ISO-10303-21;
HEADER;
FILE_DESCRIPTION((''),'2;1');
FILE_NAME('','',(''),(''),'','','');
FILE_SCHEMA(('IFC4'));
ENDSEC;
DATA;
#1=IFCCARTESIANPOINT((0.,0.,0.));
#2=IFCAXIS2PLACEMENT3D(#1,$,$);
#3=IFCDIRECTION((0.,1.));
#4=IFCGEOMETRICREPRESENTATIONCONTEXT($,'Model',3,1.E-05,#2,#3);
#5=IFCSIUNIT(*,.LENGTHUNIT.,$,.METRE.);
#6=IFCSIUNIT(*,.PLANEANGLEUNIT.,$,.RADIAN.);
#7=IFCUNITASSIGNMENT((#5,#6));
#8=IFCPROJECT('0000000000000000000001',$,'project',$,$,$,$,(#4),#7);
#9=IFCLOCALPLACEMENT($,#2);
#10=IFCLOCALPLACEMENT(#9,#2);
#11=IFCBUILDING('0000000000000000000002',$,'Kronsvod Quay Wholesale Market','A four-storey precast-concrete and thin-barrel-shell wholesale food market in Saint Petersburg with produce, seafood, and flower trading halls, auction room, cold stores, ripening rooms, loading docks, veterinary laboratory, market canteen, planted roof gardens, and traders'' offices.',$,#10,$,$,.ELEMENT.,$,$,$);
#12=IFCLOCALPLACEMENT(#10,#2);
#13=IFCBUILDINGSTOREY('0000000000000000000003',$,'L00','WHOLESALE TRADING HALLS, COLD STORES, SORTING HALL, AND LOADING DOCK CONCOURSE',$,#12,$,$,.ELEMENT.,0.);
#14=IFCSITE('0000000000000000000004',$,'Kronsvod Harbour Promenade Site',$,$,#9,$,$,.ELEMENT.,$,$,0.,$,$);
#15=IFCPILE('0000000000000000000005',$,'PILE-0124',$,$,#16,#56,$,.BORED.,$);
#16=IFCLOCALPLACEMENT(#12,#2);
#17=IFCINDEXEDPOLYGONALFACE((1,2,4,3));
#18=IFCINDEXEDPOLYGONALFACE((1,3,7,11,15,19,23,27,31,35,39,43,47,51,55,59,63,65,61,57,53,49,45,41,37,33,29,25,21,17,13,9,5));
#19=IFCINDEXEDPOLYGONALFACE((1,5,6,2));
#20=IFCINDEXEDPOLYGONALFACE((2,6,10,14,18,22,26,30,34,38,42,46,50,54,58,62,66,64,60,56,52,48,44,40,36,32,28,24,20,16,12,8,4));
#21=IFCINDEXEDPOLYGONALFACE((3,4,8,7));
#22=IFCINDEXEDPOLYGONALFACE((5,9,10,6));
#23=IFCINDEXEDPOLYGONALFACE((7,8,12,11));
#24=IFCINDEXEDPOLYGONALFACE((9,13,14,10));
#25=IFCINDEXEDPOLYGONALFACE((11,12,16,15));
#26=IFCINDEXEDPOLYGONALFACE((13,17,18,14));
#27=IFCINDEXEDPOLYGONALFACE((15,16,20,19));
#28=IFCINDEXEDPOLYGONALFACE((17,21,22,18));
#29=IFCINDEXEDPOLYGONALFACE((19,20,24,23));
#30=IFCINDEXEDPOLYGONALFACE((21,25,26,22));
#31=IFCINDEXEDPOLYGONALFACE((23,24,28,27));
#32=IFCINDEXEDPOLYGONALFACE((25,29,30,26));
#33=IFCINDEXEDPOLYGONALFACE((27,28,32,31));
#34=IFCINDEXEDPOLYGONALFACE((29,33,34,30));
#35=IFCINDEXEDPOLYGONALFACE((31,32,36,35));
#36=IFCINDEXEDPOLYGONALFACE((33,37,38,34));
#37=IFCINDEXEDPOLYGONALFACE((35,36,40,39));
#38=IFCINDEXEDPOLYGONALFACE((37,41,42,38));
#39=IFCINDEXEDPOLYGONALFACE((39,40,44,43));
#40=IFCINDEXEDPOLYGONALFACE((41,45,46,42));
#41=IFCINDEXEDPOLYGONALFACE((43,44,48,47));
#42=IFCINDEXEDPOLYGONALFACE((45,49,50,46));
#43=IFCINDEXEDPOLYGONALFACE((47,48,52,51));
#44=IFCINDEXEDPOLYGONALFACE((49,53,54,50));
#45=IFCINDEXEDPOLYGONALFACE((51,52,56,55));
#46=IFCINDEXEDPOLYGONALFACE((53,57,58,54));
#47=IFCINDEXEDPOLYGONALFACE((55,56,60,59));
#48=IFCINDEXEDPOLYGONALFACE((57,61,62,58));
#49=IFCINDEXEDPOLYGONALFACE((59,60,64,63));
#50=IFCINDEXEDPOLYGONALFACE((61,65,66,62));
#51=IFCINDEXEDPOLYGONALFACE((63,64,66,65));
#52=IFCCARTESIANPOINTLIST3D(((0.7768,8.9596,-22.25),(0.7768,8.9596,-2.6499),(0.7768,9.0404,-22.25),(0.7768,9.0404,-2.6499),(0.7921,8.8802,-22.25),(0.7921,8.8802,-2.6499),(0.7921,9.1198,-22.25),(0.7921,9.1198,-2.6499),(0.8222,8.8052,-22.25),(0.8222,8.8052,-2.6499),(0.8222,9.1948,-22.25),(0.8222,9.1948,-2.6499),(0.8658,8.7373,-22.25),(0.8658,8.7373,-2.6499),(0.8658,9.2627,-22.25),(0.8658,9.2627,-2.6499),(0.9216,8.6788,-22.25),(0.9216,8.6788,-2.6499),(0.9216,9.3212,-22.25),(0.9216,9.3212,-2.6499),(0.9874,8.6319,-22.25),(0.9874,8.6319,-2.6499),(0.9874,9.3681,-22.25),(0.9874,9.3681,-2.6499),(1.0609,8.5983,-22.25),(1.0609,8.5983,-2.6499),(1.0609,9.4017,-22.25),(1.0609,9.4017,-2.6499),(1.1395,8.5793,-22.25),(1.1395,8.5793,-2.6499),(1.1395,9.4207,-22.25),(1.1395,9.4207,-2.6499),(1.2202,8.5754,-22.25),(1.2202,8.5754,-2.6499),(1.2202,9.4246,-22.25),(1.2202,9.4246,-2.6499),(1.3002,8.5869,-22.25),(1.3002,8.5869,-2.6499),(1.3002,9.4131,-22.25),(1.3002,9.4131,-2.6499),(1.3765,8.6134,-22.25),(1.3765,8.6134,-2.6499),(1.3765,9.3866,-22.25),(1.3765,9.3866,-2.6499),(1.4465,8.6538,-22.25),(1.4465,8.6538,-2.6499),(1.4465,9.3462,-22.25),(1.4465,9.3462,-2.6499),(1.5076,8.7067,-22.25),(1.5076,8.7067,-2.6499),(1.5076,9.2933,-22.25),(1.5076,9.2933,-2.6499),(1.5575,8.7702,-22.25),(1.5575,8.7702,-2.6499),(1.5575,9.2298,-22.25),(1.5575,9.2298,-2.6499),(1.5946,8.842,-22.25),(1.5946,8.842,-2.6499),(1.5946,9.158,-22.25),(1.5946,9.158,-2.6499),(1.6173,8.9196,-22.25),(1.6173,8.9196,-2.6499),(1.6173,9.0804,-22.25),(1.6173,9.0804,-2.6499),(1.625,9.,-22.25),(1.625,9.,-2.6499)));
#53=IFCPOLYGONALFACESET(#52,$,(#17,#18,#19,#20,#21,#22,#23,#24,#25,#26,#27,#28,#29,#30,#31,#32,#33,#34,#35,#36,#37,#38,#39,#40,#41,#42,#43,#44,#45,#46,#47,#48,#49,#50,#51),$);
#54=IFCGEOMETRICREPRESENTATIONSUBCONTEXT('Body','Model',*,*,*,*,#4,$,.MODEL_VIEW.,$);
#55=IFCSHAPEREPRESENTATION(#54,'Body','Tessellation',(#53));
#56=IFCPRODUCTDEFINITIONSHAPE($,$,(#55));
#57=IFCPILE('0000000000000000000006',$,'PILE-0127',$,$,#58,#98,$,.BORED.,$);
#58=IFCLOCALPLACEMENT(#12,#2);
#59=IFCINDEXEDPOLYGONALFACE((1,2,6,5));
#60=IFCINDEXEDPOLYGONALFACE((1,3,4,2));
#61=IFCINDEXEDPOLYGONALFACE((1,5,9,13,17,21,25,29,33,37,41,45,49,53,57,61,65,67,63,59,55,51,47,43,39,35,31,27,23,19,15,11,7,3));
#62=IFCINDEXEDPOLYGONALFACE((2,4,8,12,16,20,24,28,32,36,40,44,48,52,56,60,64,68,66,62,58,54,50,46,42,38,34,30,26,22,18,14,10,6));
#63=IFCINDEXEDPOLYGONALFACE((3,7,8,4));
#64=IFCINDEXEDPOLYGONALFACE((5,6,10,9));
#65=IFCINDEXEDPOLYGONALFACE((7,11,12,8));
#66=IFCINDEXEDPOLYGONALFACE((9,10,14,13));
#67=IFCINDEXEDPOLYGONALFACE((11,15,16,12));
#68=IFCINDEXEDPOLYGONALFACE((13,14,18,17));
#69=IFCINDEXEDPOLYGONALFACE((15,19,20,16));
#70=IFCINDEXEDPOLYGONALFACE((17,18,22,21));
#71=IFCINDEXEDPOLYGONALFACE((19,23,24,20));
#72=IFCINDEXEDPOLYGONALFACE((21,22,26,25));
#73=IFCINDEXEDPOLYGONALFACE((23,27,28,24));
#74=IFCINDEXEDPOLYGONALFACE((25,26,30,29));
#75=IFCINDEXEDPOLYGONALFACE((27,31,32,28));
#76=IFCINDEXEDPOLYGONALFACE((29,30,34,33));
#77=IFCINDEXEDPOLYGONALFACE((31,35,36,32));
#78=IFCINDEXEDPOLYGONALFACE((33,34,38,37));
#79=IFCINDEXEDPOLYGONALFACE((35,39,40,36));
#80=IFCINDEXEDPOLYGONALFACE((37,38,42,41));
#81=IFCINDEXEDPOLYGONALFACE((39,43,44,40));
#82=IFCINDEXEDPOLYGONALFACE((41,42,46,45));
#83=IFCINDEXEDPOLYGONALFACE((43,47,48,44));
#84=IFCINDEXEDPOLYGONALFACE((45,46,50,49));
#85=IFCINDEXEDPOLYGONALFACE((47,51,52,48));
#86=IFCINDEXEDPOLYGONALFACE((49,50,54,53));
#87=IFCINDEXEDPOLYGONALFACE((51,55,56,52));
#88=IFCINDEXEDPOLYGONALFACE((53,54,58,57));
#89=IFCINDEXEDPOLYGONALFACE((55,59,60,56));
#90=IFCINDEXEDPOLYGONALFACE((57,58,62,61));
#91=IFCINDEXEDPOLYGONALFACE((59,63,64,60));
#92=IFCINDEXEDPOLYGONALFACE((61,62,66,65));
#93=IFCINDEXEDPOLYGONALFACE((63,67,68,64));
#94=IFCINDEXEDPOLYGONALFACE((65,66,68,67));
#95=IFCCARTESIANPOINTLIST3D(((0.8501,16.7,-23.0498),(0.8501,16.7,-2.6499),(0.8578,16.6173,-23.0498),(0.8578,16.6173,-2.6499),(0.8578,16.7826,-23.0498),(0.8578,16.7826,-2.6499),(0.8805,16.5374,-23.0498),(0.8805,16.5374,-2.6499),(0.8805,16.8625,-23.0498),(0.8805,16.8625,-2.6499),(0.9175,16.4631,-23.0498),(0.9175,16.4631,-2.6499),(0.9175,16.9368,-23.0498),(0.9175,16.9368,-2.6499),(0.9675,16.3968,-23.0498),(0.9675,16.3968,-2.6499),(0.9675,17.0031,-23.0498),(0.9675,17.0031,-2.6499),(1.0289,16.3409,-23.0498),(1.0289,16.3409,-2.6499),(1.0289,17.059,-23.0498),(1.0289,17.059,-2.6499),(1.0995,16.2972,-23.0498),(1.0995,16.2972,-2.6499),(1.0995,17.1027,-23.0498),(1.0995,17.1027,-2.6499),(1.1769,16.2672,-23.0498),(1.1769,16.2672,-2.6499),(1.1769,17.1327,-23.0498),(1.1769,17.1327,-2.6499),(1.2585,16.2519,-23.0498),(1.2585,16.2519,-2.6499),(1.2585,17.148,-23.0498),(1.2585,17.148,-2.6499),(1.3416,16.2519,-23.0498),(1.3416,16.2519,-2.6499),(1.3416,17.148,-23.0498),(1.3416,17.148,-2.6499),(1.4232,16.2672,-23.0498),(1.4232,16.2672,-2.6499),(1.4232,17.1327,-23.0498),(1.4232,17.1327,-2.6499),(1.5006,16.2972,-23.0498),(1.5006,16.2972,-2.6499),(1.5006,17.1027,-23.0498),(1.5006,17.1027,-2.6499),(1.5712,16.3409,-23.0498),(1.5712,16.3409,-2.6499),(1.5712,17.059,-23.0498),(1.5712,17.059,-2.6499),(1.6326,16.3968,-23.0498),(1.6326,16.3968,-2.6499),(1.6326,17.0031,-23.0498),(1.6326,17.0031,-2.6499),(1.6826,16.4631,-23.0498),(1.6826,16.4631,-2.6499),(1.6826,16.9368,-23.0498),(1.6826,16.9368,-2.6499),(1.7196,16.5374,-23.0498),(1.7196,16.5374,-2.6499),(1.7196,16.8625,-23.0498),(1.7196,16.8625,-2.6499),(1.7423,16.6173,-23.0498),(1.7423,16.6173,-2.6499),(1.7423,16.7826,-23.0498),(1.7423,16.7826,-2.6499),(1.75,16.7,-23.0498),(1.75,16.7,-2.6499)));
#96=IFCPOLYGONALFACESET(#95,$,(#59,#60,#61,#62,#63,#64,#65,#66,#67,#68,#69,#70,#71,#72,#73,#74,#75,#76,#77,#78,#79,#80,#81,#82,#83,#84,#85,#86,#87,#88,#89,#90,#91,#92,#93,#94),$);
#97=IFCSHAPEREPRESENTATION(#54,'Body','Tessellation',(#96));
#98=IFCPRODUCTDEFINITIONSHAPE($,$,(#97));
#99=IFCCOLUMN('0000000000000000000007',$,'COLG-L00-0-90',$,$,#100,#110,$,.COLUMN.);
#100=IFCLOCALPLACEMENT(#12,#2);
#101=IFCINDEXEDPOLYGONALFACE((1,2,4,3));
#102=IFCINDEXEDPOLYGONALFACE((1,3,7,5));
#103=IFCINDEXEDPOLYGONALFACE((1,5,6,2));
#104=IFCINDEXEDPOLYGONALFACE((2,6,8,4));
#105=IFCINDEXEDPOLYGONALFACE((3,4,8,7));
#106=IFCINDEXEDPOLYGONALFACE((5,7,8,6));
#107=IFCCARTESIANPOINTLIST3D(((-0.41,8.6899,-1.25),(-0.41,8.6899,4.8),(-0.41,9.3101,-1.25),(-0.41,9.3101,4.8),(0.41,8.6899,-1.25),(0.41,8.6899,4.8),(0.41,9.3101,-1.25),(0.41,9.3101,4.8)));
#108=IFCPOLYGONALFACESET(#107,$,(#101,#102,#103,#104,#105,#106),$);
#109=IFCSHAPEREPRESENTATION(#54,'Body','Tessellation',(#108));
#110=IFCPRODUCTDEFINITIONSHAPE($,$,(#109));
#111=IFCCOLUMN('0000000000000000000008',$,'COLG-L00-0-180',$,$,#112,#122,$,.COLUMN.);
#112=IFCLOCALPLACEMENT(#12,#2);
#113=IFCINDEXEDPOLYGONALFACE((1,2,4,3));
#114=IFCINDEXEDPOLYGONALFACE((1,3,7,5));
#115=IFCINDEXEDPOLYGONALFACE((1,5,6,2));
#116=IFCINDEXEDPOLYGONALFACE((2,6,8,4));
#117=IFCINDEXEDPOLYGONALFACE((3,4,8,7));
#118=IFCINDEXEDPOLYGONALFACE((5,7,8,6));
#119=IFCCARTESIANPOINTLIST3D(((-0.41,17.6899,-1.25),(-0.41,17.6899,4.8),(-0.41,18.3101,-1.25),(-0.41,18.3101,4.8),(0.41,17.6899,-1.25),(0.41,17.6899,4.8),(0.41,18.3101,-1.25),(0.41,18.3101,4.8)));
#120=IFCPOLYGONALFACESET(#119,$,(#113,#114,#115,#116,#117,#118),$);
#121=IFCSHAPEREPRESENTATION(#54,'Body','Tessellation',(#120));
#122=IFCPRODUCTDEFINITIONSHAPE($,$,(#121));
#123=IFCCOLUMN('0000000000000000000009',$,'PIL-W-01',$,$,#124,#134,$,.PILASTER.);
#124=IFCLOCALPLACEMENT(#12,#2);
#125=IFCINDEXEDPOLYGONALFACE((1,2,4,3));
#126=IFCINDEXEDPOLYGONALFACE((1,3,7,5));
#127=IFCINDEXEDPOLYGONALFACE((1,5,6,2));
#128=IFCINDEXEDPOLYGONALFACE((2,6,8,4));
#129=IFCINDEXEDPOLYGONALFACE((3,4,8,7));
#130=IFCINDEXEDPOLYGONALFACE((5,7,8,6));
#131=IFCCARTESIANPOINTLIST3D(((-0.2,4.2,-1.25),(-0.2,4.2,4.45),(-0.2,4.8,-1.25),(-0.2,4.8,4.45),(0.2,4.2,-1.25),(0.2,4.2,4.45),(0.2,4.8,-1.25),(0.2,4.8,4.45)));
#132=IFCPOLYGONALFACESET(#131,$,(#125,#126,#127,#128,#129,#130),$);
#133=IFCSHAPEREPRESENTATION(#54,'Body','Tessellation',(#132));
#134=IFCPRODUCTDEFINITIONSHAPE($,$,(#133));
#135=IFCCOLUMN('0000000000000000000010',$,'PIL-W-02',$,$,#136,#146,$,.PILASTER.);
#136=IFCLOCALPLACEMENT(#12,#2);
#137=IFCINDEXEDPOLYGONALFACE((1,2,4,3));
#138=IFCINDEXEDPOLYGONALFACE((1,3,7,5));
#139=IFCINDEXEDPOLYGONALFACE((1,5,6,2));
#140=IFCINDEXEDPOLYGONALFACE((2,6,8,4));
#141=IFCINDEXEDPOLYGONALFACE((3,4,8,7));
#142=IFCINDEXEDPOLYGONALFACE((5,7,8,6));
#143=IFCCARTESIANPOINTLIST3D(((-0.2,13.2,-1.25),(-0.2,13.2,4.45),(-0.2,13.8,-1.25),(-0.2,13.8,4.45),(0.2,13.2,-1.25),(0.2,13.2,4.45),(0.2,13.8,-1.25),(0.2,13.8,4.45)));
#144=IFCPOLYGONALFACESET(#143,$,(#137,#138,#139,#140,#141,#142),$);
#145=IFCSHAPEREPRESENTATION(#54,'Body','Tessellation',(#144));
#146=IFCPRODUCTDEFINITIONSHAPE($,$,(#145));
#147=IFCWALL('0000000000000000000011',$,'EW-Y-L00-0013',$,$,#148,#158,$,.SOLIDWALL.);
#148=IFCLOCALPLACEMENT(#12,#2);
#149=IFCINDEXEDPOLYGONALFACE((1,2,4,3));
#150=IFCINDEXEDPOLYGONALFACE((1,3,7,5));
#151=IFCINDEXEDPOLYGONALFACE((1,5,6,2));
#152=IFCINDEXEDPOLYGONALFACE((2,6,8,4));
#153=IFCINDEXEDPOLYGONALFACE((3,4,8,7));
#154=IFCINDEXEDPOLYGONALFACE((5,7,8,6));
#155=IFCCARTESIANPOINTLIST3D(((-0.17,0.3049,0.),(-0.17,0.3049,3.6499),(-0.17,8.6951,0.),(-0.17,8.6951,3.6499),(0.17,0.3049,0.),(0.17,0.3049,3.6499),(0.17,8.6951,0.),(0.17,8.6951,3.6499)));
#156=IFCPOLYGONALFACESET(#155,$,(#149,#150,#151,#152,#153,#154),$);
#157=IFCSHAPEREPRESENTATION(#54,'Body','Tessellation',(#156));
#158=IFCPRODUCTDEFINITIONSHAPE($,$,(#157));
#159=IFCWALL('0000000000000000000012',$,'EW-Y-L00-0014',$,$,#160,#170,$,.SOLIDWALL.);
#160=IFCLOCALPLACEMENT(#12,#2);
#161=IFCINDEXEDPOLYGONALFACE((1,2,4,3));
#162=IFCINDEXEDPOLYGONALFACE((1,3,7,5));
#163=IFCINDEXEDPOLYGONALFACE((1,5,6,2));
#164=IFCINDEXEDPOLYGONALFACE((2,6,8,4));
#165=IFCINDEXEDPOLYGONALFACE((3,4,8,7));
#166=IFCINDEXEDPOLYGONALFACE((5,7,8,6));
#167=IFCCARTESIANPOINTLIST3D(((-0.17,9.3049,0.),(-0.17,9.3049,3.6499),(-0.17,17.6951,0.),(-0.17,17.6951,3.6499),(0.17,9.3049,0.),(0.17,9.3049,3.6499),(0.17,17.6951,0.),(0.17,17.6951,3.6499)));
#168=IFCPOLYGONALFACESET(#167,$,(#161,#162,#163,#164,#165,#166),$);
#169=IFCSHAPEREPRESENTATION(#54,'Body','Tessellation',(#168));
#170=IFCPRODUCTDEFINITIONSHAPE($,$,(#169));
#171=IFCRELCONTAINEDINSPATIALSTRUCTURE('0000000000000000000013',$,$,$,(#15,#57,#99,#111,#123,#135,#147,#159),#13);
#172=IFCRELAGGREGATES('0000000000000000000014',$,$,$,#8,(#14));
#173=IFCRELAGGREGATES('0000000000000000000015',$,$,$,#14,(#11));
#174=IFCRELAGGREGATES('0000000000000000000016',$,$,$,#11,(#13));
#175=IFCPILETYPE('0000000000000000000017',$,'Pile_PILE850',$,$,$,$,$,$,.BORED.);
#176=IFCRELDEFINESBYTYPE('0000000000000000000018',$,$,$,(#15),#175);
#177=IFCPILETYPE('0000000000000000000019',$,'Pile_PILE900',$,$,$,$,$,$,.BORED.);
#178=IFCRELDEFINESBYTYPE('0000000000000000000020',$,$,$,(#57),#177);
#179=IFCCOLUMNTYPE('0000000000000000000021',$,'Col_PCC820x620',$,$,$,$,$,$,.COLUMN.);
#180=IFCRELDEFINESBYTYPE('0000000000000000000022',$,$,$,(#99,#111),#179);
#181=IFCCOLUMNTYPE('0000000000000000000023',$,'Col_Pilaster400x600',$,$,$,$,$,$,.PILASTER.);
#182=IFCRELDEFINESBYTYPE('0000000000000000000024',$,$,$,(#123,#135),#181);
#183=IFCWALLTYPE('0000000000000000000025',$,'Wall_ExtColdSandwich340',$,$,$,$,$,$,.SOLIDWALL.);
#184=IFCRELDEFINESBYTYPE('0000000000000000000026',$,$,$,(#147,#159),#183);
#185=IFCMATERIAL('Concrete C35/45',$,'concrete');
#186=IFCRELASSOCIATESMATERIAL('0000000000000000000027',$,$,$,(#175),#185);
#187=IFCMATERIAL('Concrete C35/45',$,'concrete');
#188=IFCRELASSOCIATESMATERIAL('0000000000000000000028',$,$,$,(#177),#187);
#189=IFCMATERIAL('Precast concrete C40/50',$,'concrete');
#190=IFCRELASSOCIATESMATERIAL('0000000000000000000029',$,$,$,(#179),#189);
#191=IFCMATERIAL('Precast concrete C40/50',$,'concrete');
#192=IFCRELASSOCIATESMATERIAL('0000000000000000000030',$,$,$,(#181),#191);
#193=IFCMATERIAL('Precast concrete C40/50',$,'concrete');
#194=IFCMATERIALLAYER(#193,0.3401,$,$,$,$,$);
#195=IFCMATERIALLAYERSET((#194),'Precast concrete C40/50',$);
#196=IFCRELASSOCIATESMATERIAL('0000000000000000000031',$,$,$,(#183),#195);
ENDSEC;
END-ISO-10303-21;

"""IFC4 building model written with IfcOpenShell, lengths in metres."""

from ifc_helpers import new_model, si_unit, direction, frame, frame_2d, origin, origin_2d, place, context, subcontext, project, spatial, rectangle, circle, extrude, material, layer, layer_set, material_profile, profile_set, type_object, element, save


model = new_model("IFC4")

# Units and contexts
model_context = context("Model", 3, precision=1e-05, world=origin(), true_north=direction((0.0, 1.0)))
body_context = subcontext(model_context, "Body", "Model", "MODEL_VIEW")
ifc_project = project(units=[si_unit("LENGTHUNIT", "METRE"), si_unit("PLANEANGLEUNIT", "RADIAN")], contexts=[model_context])

# Site, building, storey
site_placement = place(None, origin())
site = spatial("IfcSite", under=ifc_project, at=site_placement, Name="Kronsvod Harbour Promenade Site", CompositionType="ELEMENT", RefElevation=0.0)
building_placement = place(site_placement, origin())
building = spatial("IfcBuilding", under=site, at=building_placement, Name="Kronsvod Quay Wholesale Market", Description="A four-storey precast-concrete and thin-barrel-shell wholesale food market in Saint Petersburg with produce, seafood, and flower trading halls, auction room, cold stores, ripening rooms, loading docks, veterinary laboratory, market canteen, planted roof gardens, and traders' offices.", CompositionType="ELEMENT")
storey_placement = place(building_placement, origin())
storey = spatial("IfcBuildingStorey", under=building, at=storey_placement, Name="L00", Description="WHOLESALE TRADING HALLS, COLD STORES, SORTING HALL, AND LOADING DOCK CONCOURSE", CompositionType="ELEMENT", Elevation=0.0)

# Piles
ifc_material_1 = material(Name="Concrete C35/45", Category="concrete")
ifc_material_profile_1 = material_profile(ifc_material_1, circle(Radius=0.425, at=origin_2d()), Name="PILE850")
ifc_profile_set_1 = profile_set([ifc_material_profile_1], Name="Concrete C35/45")
pile_type_1 = type_object("IfcPileType", Name="Pile_PILE850", PredefinedType="BORED", material=ifc_profile_set_1)
for number, where, z_axis, x_axis, name in (
    (1, (1.2, 9.0, -2.6499), (0.0, 0.0, -1.0), (1.0, 0.0, 0.0), "PILE-0124"),
):
    element("IfcPile", number, at=place(storey_placement, frame(where, z_axis=z_axis, x_axis=x_axis)), inside=storey, type_object=pile_type_1, Name=name, PredefinedType="BORED", context=body_context, shape_type="SweptSolid", body=[
        extrude(circle(Radius=0.425, at=origin_2d()), origin(), (0.0, 0.0, 1.0), 19.6001),
    ])
ifc_material_2 = material(Name="Concrete C35/45", Category="concrete")
ifc_material_profile_2 = material_profile(ifc_material_2, circle(Radius=0.45, at=origin_2d()), Name="PILE900")
ifc_profile_set_2 = profile_set([ifc_material_profile_2], Name="Concrete C35/45")
pile_type_2 = type_object("IfcPileType", Name="Pile_PILE900", PredefinedType="BORED", material=ifc_profile_set_2)
pile_placement = place(storey_placement, frame((1.3, 16.7, -2.6499), z_axis=(0.0, 0.0, -1.0), x_axis=(1.0, 0.0, 0.0)))
element("IfcPile", 2, at=pile_placement, inside=storey, type_object=pile_type_2, Name="PILE-0127", PredefinedType="BORED", context=body_context, shape_type="SweptSolid", body=[
    extrude(circle(Radius=0.45, at=origin_2d()), origin(), (0.0, 0.0, 1.0), 20.3999),
])

# Columns
ifc_material_3 = material(Name="Precast concrete C40/50", Category="concrete")
ifc_material_profile_3 = material_profile(ifc_material_3, rectangle(XDim=0.8201, YDim=0.6201, at=origin_2d()), Name="COL-10")
ifc_profile_set_3 = profile_set([ifc_material_profile_3], Name="Precast concrete C40/50")
column_type_1 = type_object("IfcColumnType", Name="Col_PCC820x620", PredefinedType="COLUMN", material=ifc_profile_set_3)
for number, where, z_axis, x_axis, name in (
    (3, (0.0, 9.0, -1.25), (0.0, 0.0, 1.0), (1.0, 0.0, 0.0), "COLG-L00-0-90"),
    (4, (0.0, 18.0, -1.25), (0.0, 0.0, 1.0), (1.0, 0.0, 0.0), "COLG-L00-0-180"),
):
    element("IfcColumn", number, at=place(storey_placement, frame(where, z_axis=z_axis, x_axis=x_axis)), inside=storey, type_object=column_type_1, Name=name, PredefinedType="COLUMN", context=body_context, shape_type="SweptSolid", body=[
        extrude(rectangle(XDim=0.8201, YDim=0.6201, at=origin_2d()), origin(), (0.0, 0.0, 1.0), 6.05),
    ])
ifc_material_4 = material(Name="Precast concrete C40/50", Category="concrete")
ifc_material_profile_4 = material_profile(ifc_material_4, rectangle(XDim=0.3999, YDim=0.6001, at=origin_2d()), Name="PCPIL400x600")
ifc_profile_set_4 = profile_set([ifc_material_profile_4], Name="Precast concrete C40/50")
column_type_2 = type_object("IfcColumnType", Name="Col_Pilaster400x600", PredefinedType="PILASTER", material=ifc_profile_set_4)
for number, where, z_axis, x_axis, name in (
    (5, (0.0, 4.5, -1.25), (0.0, 0.0, 1.0), (1.0, 0.0, 0.0), "PIL-W-01"),
    (6, (0.0, 13.5, -1.25), (0.0, 0.0, 1.0), (1.0, 0.0, 0.0), "PIL-W-02"),
):
    element("IfcColumn", number, at=place(storey_placement, frame(where, z_axis=z_axis, x_axis=x_axis)), inside=storey, type_object=column_type_2, Name=name, PredefinedType="PILASTER", context=body_context, shape_type="SweptSolid", body=[
        extrude(rectangle(XDim=0.3999, YDim=0.6001, at=origin_2d()), origin(), (0.0, 0.0, 1.0), 5.7),
    ])

# Walls
ifc_material_5 = material(Name="Precast concrete C40/50", Category="concrete")
ifc_layer_1 = layer(ifc_material_5, 0.3401)
ifc_layer_set_1 = layer_set([ifc_layer_1], Name="Precast concrete C40/50")
wall_type_1 = type_object("IfcWallType", Name="Wall_ExtColdSandwich340", PredefinedType="SOLIDWALL", material=ifc_layer_set_1)
for number, where, z_axis, x_axis, name in (
    (7, (0.0, 8.6951, 0.0), (0.0, 0.0, 1.0), (0.0, -1.0, 0.0), "EW-Y-L00-0013"),
    (8, (0.0, 17.6951, 0.0), (0.0, 0.0, 1.0), (0.0, -1.0, 0.0), "EW-Y-L00-0014"),
):
    element("IfcWall", number, at=place(storey_placement, frame(where, z_axis=z_axis, x_axis=x_axis)), inside=storey, type_object=wall_type_1, Name=name, PredefinedType="SOLIDWALL", context=body_context, shape_type="SweptSolid", body=[
        extrude(rectangle(XDim=8.3901, YDim=0.3401, at=frame_2d((4.1951, 0.0))), origin(), (0.0, 0.0, 1.0), 3.6499),
    ])

save(model, "model.ifc")
